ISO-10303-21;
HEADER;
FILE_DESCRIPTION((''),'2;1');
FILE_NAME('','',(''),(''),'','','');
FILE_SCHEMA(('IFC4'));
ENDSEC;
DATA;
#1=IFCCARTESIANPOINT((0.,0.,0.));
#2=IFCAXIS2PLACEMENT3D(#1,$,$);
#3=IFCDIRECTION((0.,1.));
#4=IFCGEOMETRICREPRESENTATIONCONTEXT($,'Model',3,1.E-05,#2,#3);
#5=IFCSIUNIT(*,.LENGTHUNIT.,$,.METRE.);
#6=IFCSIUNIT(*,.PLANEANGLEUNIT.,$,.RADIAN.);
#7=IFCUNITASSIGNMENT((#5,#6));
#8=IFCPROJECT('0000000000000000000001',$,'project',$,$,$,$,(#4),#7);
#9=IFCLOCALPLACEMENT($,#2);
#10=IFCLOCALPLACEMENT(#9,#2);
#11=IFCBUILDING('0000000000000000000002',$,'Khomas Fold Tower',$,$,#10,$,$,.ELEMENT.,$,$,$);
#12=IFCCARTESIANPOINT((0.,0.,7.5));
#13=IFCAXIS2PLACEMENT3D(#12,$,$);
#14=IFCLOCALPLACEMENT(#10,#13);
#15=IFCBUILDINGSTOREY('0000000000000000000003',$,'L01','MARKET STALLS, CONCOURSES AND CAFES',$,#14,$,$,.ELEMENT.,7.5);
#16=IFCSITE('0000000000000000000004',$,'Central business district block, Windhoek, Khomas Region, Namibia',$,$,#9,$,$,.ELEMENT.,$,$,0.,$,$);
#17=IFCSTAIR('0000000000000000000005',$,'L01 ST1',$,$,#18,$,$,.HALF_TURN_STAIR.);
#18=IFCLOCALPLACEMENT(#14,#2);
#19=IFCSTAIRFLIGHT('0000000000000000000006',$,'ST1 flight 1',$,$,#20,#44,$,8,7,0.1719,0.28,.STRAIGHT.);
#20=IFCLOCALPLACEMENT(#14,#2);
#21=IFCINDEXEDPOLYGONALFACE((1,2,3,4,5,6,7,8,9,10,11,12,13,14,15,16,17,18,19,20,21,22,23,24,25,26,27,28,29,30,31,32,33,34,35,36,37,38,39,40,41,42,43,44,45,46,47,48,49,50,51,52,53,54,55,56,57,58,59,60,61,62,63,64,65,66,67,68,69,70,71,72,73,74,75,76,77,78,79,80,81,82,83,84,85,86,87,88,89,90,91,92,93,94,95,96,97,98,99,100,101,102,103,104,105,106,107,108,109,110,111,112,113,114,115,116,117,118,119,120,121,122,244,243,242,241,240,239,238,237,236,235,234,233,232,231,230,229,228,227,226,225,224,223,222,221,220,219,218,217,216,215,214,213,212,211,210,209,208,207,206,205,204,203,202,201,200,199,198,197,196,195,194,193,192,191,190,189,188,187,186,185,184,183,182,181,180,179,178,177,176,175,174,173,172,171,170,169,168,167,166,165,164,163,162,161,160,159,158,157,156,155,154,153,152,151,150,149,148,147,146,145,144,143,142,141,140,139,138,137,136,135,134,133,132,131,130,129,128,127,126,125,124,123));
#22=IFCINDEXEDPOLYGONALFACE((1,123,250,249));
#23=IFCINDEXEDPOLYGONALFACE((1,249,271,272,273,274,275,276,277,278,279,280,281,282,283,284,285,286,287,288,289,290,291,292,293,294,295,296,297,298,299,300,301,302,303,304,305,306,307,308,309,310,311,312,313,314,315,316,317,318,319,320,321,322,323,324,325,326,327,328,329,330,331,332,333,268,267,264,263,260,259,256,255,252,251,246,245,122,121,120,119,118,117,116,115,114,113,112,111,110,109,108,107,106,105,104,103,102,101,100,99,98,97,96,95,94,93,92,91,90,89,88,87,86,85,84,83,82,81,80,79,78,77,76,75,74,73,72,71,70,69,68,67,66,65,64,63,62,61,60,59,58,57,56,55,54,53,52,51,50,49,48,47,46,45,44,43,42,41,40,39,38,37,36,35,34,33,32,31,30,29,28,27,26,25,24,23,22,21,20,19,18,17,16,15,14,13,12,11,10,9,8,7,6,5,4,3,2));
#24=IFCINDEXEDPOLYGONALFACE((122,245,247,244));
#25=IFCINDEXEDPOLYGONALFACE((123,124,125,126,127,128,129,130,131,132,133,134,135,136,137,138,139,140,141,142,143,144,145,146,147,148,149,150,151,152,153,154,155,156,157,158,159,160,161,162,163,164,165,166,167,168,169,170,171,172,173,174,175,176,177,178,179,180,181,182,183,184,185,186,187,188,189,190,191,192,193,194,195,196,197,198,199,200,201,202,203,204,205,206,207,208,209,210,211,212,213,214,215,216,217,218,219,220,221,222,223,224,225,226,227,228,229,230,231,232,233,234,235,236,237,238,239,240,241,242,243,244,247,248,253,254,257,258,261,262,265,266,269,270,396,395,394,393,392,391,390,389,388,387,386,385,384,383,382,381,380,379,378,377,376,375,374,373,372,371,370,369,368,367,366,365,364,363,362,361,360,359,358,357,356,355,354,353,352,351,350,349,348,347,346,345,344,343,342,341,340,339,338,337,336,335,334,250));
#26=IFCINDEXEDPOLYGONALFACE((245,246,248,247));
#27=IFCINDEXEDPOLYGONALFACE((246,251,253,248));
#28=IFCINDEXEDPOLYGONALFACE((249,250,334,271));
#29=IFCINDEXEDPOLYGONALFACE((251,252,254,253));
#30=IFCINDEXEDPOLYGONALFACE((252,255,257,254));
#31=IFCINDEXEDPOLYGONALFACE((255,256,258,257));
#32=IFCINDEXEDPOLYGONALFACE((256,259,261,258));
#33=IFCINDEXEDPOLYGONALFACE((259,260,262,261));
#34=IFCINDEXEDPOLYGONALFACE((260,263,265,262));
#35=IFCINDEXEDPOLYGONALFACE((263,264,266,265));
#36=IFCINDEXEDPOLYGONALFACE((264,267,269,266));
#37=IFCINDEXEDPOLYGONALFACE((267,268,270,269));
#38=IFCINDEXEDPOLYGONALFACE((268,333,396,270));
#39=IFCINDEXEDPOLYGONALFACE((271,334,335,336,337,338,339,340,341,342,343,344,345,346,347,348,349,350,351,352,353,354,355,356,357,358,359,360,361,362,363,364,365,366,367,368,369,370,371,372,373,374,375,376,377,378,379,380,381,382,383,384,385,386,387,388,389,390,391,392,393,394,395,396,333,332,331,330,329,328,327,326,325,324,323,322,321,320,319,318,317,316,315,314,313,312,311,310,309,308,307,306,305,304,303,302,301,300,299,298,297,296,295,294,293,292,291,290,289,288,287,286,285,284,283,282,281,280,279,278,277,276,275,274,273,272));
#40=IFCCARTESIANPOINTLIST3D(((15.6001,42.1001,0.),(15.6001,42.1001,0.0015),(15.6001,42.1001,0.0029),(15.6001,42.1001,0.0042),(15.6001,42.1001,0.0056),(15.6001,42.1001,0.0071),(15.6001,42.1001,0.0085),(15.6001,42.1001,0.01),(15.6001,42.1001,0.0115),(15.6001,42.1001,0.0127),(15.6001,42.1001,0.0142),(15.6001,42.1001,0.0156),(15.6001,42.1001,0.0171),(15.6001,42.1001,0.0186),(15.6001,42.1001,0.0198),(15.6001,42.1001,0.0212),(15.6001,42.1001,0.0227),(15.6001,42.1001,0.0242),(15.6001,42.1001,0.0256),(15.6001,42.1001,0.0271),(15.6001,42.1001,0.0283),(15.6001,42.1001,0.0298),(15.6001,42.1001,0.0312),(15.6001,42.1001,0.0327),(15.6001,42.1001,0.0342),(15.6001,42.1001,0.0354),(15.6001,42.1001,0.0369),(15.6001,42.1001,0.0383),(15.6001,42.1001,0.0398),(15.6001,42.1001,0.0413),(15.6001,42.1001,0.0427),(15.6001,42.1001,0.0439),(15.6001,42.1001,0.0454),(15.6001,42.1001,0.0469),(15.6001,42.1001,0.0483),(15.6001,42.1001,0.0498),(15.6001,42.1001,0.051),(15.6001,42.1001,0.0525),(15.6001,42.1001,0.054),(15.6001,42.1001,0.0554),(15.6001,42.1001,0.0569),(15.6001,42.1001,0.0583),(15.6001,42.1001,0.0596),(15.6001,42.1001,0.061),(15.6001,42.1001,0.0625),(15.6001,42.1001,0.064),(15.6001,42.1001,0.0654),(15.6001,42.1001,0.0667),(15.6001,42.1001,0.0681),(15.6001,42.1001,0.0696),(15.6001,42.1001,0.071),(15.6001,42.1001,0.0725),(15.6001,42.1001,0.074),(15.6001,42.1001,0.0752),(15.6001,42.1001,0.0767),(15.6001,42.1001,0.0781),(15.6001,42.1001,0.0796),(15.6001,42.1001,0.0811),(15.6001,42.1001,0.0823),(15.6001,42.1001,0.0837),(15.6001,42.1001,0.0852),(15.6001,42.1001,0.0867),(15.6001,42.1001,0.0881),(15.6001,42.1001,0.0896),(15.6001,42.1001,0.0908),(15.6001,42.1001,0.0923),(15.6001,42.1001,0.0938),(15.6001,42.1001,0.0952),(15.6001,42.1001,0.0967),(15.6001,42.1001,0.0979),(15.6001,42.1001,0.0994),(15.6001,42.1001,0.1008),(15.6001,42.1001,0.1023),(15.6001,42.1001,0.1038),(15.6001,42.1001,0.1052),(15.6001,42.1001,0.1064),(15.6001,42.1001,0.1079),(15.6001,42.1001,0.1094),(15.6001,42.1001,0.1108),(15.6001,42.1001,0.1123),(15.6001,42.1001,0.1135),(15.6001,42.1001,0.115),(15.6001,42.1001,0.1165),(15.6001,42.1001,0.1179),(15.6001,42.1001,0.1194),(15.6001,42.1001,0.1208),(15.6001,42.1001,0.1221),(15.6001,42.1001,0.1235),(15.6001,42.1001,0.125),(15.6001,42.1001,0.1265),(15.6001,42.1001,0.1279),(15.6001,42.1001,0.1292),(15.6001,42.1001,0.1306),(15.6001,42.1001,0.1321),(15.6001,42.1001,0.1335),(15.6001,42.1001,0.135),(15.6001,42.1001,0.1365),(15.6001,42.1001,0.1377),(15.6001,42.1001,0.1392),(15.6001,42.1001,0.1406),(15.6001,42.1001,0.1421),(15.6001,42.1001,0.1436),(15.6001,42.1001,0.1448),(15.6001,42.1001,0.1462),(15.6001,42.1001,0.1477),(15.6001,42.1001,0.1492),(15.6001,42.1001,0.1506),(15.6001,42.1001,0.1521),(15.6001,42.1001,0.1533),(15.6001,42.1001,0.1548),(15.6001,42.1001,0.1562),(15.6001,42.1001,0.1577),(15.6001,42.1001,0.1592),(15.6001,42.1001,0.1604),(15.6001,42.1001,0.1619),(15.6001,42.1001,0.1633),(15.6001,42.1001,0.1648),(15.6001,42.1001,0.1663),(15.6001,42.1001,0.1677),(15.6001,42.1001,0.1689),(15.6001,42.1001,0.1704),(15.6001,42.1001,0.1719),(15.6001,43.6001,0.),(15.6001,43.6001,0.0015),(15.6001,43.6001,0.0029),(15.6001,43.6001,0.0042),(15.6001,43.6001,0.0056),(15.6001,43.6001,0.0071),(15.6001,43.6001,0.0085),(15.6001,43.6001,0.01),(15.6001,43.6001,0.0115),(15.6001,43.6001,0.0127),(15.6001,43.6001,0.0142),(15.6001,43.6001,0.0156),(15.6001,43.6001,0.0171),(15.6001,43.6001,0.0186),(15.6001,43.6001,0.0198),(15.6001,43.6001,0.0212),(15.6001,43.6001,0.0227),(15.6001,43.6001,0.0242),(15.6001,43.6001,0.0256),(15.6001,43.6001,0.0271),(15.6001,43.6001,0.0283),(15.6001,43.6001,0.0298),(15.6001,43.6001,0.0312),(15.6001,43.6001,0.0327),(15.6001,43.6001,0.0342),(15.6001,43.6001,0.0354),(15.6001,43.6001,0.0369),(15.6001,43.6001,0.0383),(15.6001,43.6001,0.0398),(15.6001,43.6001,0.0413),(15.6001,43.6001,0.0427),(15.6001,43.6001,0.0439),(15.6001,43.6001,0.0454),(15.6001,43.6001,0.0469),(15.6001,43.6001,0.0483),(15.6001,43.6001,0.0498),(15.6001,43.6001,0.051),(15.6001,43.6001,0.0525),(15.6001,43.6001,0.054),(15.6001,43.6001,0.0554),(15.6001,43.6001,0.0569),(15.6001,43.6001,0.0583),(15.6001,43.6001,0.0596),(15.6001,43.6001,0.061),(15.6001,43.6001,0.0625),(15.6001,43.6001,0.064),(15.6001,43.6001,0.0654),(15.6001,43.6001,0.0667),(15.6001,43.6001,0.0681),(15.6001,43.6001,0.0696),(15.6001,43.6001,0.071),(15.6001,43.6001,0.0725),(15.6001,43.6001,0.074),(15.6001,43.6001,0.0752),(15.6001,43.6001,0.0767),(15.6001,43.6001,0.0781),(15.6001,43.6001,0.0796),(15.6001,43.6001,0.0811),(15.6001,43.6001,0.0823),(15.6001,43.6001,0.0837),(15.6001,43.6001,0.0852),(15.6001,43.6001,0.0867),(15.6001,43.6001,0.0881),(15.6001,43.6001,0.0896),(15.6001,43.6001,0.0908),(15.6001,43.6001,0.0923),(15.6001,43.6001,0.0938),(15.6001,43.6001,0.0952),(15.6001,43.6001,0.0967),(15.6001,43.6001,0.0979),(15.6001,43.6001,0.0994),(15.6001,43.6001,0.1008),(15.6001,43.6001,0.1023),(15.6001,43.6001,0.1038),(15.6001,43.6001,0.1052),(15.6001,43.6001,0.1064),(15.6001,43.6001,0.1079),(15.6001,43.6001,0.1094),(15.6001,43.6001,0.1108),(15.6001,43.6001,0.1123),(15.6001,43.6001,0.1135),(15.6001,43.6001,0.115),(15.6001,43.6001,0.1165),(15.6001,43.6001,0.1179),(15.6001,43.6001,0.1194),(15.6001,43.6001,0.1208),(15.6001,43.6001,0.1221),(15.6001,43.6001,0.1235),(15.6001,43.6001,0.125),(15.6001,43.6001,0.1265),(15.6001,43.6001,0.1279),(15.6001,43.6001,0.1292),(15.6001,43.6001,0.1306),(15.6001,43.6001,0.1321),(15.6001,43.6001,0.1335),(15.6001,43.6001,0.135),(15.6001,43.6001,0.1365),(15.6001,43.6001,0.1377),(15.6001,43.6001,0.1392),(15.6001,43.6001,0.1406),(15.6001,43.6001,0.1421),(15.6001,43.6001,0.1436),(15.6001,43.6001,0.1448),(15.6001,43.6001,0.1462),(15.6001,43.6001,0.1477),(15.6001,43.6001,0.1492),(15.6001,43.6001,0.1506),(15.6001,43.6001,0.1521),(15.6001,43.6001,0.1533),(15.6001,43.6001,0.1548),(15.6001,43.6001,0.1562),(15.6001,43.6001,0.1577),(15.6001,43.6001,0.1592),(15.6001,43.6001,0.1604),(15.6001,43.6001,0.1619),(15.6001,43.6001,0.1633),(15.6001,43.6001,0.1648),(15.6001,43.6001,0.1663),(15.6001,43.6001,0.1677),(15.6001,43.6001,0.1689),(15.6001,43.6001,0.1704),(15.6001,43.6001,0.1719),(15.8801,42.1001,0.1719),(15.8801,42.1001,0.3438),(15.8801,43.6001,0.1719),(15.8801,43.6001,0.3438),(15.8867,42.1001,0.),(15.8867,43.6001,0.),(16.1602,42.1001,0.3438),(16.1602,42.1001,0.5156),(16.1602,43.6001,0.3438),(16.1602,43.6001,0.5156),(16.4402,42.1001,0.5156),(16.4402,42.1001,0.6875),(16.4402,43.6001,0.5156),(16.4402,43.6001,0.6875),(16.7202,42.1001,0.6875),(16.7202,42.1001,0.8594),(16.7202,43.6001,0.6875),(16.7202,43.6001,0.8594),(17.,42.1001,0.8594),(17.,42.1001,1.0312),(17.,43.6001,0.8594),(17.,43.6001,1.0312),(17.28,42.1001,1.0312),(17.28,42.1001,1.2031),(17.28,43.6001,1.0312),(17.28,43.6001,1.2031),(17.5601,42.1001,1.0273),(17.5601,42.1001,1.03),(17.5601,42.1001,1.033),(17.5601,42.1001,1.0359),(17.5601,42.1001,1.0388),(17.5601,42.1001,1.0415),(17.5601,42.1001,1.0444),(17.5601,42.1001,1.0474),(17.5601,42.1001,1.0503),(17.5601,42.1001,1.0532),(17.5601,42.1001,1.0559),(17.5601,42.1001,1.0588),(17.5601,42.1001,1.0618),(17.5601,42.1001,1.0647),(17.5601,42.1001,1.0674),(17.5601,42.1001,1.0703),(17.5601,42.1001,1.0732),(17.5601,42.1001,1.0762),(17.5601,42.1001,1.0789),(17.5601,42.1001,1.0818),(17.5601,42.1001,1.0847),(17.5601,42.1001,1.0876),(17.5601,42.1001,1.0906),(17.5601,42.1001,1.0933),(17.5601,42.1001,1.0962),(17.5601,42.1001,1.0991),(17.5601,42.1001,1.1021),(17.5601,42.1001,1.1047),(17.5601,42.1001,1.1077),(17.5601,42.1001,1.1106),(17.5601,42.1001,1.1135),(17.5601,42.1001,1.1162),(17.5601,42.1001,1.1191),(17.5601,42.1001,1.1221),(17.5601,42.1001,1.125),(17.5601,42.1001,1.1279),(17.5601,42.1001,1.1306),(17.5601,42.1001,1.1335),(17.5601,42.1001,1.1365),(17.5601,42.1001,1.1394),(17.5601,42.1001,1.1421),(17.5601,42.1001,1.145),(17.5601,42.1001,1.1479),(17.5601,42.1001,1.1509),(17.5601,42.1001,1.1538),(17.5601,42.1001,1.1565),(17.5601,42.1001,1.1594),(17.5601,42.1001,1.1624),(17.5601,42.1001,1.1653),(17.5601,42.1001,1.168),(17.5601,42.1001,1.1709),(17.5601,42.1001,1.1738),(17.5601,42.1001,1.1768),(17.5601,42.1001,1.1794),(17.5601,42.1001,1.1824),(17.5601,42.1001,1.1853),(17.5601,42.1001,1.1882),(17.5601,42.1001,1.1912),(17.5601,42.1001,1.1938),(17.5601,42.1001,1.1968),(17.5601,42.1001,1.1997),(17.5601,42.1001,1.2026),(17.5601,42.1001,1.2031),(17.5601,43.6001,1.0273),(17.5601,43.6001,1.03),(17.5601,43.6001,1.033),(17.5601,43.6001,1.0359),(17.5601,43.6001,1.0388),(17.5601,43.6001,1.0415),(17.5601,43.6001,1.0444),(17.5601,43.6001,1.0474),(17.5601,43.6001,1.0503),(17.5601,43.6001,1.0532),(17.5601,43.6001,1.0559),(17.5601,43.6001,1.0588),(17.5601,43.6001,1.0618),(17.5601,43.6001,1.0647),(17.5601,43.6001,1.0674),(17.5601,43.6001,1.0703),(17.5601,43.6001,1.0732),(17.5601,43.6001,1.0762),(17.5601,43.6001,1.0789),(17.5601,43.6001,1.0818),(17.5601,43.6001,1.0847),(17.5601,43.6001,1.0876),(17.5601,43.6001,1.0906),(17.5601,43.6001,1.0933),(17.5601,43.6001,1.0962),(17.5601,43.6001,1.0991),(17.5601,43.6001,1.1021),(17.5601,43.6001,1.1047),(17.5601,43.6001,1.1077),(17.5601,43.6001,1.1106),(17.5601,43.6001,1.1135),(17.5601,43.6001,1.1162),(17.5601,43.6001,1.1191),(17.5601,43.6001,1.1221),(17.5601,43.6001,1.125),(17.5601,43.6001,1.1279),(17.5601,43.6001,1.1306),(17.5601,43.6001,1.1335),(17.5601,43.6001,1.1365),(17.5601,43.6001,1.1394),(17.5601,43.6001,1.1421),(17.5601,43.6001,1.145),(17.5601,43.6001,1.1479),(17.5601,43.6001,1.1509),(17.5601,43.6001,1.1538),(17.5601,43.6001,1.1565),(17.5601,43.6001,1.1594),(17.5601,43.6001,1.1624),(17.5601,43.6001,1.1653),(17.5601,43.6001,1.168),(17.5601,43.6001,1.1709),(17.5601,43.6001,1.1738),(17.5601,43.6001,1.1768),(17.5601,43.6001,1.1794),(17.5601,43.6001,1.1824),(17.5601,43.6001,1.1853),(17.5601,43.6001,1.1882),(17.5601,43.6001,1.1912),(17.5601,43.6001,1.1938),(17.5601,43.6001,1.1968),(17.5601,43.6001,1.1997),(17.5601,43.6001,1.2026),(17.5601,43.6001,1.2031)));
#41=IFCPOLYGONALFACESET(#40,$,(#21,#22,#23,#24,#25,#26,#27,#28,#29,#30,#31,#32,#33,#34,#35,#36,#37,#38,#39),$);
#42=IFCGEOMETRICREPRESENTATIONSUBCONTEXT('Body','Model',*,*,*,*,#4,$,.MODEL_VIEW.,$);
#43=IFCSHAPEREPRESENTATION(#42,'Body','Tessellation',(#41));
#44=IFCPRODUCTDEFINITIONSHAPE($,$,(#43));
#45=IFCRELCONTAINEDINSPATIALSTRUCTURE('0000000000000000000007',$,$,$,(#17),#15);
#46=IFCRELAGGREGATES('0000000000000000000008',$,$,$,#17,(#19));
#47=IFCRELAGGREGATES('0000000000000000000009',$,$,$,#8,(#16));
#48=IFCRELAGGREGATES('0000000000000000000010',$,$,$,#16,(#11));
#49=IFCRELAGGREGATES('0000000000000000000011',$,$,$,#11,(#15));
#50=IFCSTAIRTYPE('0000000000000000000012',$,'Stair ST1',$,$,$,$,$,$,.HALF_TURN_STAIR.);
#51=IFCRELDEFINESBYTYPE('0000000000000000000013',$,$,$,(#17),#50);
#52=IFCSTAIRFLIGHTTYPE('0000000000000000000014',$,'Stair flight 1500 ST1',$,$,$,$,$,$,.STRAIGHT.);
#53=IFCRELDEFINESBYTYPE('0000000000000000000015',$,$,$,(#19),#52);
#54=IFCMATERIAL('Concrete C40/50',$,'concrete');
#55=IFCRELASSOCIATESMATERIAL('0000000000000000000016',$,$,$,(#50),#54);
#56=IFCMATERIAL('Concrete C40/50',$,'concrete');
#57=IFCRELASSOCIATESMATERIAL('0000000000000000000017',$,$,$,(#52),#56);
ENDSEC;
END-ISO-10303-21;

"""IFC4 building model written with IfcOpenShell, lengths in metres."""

from ifc_helpers import new_model, si_unit, direction, frame, origin, place, context, subcontext, project, spatial, polyline, outline, extrude, source, transform, mapped, material, type_object, element, aggregate, save


model = new_model("IFC4")

# Units and contexts
model_context = context("Model", 3, precision=1e-05, world=origin(), true_north=direction((0.0, 1.0)))
body_context = subcontext(model_context, "Body", "Model", "MODEL_VIEW")
ifc_project = project(units=[si_unit("LENGTHUNIT", "METRE"), si_unit("PLANEANGLEUNIT", "RADIAN")], contexts=[model_context])

# Site, building, storey
site_placement = place(None, origin())
site = spatial("IfcSite", under=ifc_project, at=site_placement, Name="Central business district block, Windhoek, Khomas Region, Namibia", CompositionType="ELEMENT", RefElevation=0.0)
building_placement = place(site_placement, origin())
building = spatial("IfcBuilding", under=site, at=building_placement, Name="Khomas Fold Tower", CompositionType="ELEMENT")
storey_placement = place(building_placement, frame((0.0, 0.0, 7.5)))
storey = spatial("IfcBuildingStorey", under=building, at=storey_placement, Name="L01", Description="MARKET STALLS, CONCOURSES AND CAFES", CompositionType="ELEMENT", Elevation=7.5)

# Stair, stair flight
ifc_material_1 = material(Name="Concrete C40/50", Category="concrete")
stair_type = type_object("IfcStairType", Name="Stair ST1", PredefinedType="HALF_TURN_STAIR", material=ifc_material_1)
stair_placement = place(storey_placement, origin())
stair = element("IfcStair", 1, at=stair_placement, inside=storey, type_object=stair_type, Name="L01 ST1", PredefinedType="HALF_TURN_STAIR")
ifc_material_2 = material(Name="Concrete C40/50", Category="concrete")
stair_flight_type = type_object("IfcStairFlightType", Name="Stair flight 1500 ST1", PredefinedType="STRAIGHT", material=ifc_material_2)
shared_shape_1 = source(origin(), body_context, "Body", "SweptSolid", [
    extrude(outline(polyline([(0.0, 0.0), (0.0, 0.0015), (0.0, 0.0029), (0.0, 0.0042), (0.0, 0.0056), (0.0, 0.0071), (0.0, 0.0085), (0.0, 0.01), (0.0, 0.0115), (0.0, 0.0127), (0.0, 0.0142), (0.0, 0.0156), (0.0, 0.0171), (0.0, 0.0186), (0.0, 0.0198), (0.0, 0.0212), (0.0, 0.0227), (0.0, 0.0242), (0.0, 0.0256), (0.0, 0.0271), (0.0, 0.0283), (0.0, 0.0298), (0.0, 0.0312), (0.0, 0.0327), (0.0, 0.0342), (0.0, 0.0354), (0.0, 0.0369), (0.0, 0.0383), (0.0, 0.0398), (0.0, 0.0413), (0.0, 0.0427), (0.0, 0.0439), (0.0, 0.0454), (0.0, 0.0469), (0.0, 0.0483), (0.0, 0.0498), (0.0, 0.051), (0.0, 0.0525), (0.0, 0.054), (0.0, 0.0554), (0.0, 0.0569), (0.0, 0.0583), (0.0, 0.0596), (0.0, 0.061), (0.0, 0.0625), (0.0, 0.064), (0.0, 0.0654), (0.0, 0.0667), (0.0, 0.0681), (0.0, 0.0696), (0.0, 0.071), (0.0, 0.0725), (0.0, 0.074), (0.0, 0.0752), (0.0, 0.0767), (0.0, 0.0781), (0.0, 0.0796), (0.0, 0.0811), (0.0, 0.0823), (0.0, 0.0837), (0.0, 0.0852), (0.0, 0.0867), (0.0, 0.0881), (0.0, 0.0896), (0.0, 0.0908), (0.0, 0.0923), (0.0, 0.0938), (0.0, 0.0952), (0.0, 0.0967), (0.0, 0.0979), (0.0, 0.0994), (0.0, 0.1008), (0.0, 0.1023), (0.0, 0.1038), (0.0, 0.1052), (0.0, 0.1064), (0.0, 0.1079), (0.0, 0.1094), (0.0, 0.1108), (0.0, 0.1123), (0.0, 0.1135), (0.0, 0.115), (0.0, 0.1165), (0.0, 0.1179), (0.0, 0.1194), (0.0, 0.1208), (0.0, 0.1221), (0.0, 0.1235), (0.0, 0.125), (0.0, 0.1265), (0.0, 0.1279), (0.0, 0.1292), (0.0, 0.1306), (0.0, 0.1321), (0.0, 0.1335), (0.0, 0.135), (0.0, 0.1365), (0.0, 0.1377), (0.0, 0.1392), (0.0, 0.1406), (0.0, 0.1421), (0.0, 0.1436), (0.0, 0.1448), (0.0, 0.1462), (0.0, 0.1477), (0.0, 0.1492), (0.0, 0.1506), (0.0, 0.1521), (0.0, 0.1533), (0.0, 0.1548), (0.0, 0.1562), (0.0, 0.1577), (0.0, 0.1592), (0.0, 0.1604), (0.0, 0.1619), (0.0, 0.1633), (0.0, 0.1648), (0.0, 0.1663), (0.0, 0.1677), (0.0, 0.1689), (0.0, 0.1704), (0.0, 0.1719), (0.28, 0.1719), (0.28, 0.3438), (0.5601, 0.3438), (0.5601, 0.5156), (0.8401, 0.5156), (0.8401, 0.6875), (1.1201, 0.6875), (1.1201, 0.8594), (1.3999, 0.8594), (1.3999, 1.0312), (1.6799, 1.0312), (1.6799, 1.2031), (1.96, 1.2031), (1.96, 1.375), (1.96, 1.3721), (1.96, 1.3691), (1.96, 1.3665), (1.96, 1.3635), (1.96, 1.3606), (1.96, 1.3577), (1.96, 1.355), (1.96, 1.3521), (1.96, 1.3491), (1.96, 1.3462), (1.96, 1.3435), (1.96, 1.3406), (1.96, 1.3376), (1.96, 1.3347), (1.96, 1.3318), (1.96, 1.3291), (1.96, 1.3262), (1.96, 1.3232), (1.96, 1.3203), (1.96, 1.3176), (1.96, 1.3147), (1.96, 1.3118), (1.96, 1.3088), (1.96, 1.3059), (1.96, 1.3032), (1.96, 1.3003), (1.96, 1.2974), (1.96, 1.2944), (1.96, 1.2917), (1.96, 1.2888), (1.96, 1.2859), (1.96, 1.283), (1.96, 1.2803), (1.96, 1.2773), (1.96, 1.2744), (1.96, 1.2715), (1.96, 1.2686), (1.96, 1.2659), (1.96, 1.2629), (1.96, 1.26), (1.96, 1.2571), (1.96, 1.2544), (1.96, 1.2515), (1.96, 1.2485), (1.96, 1.2456), (1.96, 1.2427), (1.96, 1.24), (1.96, 1.2371), (1.96, 1.2341), (1.96, 1.2312), (1.96, 1.2285), (1.96, 1.2256), (1.96, 1.2227), (1.96, 1.2197), (1.96, 1.217), (1.96, 1.2141), (1.96, 1.2112), (1.96, 1.2083), (1.96, 1.2053), (1.96, 1.2026), (1.96, 1.1997), (1.96, 1.1968), (1.96, 1.1938), (1.96, 1.1912), (1.96, 1.1882), (1.96, 1.1853), (1.96, 1.1824), (1.96, 1.1794), (1.96, 1.1768), (1.96, 1.1738), (1.96, 1.1709), (1.96, 1.168), (1.96, 1.1653), (1.96, 1.1624), (1.96, 1.1594), (1.96, 1.1565), (1.96, 1.1538), (1.96, 1.1509), (1.96, 1.1479), (1.96, 1.145), (1.96, 1.1421), (1.96, 1.1394), (1.96, 1.1365), (1.96, 1.1335), (1.96, 1.1306), (1.96, 1.1279), (1.96, 1.125), (1.96, 1.1221), (1.96, 1.1191), (1.96, 1.1162), (1.96, 1.1135), (1.96, 1.1106), (1.96, 1.1077), (1.96, 1.1047), (1.96, 1.1021), (1.96, 1.0991), (1.96, 1.0962), (1.96, 1.0933), (1.96, 1.0906), (1.96, 1.0876), (1.96, 1.0847), (1.96, 1.0818), (1.96, 1.0789), (1.96, 1.0762), (1.96, 1.0732), (1.96, 1.0703), (1.96, 1.0674), (1.96, 1.0647), (1.96, 1.0618), (1.96, 1.0588), (1.96, 1.0559), (1.96, 1.0532), (1.96, 1.0503), (1.96, 1.0474), (1.96, 1.0444), (1.96, 1.0415), (1.96, 1.0388), (1.96, 1.0359), (1.96, 1.033), (1.96, 1.03), (1.96, 1.0273), (0.2866, 0.0), (0.0, 0.0)])), frame((0.0, 0.75, 0.0), z_axis=(0.0, -1.0, 0.0), x_axis=(1.0, 0.0, 0.0)), (0.0, 0.0, 1.0), 1.5),
])
stair_flight_1_placement = place(storey_placement, frame((15.6001, 42.8501, 0.0), z_axis=(0.0, 0.0, 1.0), x_axis=(1.0, 0.0, 0.0)))
stair_flight_1 = element("IfcStairFlight", 2, at=stair_flight_1_placement, type_object=stair_flight_type, Name="ST1 flight 1", NumberOfRisers=8, NumberOfTreads=7, PredefinedType="STRAIGHT", RiserHeight=0.1719, TreadLength=0.28, context=body_context, shape_type="MappedRepresentation", body=[
    mapped(shared_shape_1, transform((0.0, 0.0, 0.0))),
])
aggregate(stair, [stair_flight_1])

save(model, "model.ifc")
